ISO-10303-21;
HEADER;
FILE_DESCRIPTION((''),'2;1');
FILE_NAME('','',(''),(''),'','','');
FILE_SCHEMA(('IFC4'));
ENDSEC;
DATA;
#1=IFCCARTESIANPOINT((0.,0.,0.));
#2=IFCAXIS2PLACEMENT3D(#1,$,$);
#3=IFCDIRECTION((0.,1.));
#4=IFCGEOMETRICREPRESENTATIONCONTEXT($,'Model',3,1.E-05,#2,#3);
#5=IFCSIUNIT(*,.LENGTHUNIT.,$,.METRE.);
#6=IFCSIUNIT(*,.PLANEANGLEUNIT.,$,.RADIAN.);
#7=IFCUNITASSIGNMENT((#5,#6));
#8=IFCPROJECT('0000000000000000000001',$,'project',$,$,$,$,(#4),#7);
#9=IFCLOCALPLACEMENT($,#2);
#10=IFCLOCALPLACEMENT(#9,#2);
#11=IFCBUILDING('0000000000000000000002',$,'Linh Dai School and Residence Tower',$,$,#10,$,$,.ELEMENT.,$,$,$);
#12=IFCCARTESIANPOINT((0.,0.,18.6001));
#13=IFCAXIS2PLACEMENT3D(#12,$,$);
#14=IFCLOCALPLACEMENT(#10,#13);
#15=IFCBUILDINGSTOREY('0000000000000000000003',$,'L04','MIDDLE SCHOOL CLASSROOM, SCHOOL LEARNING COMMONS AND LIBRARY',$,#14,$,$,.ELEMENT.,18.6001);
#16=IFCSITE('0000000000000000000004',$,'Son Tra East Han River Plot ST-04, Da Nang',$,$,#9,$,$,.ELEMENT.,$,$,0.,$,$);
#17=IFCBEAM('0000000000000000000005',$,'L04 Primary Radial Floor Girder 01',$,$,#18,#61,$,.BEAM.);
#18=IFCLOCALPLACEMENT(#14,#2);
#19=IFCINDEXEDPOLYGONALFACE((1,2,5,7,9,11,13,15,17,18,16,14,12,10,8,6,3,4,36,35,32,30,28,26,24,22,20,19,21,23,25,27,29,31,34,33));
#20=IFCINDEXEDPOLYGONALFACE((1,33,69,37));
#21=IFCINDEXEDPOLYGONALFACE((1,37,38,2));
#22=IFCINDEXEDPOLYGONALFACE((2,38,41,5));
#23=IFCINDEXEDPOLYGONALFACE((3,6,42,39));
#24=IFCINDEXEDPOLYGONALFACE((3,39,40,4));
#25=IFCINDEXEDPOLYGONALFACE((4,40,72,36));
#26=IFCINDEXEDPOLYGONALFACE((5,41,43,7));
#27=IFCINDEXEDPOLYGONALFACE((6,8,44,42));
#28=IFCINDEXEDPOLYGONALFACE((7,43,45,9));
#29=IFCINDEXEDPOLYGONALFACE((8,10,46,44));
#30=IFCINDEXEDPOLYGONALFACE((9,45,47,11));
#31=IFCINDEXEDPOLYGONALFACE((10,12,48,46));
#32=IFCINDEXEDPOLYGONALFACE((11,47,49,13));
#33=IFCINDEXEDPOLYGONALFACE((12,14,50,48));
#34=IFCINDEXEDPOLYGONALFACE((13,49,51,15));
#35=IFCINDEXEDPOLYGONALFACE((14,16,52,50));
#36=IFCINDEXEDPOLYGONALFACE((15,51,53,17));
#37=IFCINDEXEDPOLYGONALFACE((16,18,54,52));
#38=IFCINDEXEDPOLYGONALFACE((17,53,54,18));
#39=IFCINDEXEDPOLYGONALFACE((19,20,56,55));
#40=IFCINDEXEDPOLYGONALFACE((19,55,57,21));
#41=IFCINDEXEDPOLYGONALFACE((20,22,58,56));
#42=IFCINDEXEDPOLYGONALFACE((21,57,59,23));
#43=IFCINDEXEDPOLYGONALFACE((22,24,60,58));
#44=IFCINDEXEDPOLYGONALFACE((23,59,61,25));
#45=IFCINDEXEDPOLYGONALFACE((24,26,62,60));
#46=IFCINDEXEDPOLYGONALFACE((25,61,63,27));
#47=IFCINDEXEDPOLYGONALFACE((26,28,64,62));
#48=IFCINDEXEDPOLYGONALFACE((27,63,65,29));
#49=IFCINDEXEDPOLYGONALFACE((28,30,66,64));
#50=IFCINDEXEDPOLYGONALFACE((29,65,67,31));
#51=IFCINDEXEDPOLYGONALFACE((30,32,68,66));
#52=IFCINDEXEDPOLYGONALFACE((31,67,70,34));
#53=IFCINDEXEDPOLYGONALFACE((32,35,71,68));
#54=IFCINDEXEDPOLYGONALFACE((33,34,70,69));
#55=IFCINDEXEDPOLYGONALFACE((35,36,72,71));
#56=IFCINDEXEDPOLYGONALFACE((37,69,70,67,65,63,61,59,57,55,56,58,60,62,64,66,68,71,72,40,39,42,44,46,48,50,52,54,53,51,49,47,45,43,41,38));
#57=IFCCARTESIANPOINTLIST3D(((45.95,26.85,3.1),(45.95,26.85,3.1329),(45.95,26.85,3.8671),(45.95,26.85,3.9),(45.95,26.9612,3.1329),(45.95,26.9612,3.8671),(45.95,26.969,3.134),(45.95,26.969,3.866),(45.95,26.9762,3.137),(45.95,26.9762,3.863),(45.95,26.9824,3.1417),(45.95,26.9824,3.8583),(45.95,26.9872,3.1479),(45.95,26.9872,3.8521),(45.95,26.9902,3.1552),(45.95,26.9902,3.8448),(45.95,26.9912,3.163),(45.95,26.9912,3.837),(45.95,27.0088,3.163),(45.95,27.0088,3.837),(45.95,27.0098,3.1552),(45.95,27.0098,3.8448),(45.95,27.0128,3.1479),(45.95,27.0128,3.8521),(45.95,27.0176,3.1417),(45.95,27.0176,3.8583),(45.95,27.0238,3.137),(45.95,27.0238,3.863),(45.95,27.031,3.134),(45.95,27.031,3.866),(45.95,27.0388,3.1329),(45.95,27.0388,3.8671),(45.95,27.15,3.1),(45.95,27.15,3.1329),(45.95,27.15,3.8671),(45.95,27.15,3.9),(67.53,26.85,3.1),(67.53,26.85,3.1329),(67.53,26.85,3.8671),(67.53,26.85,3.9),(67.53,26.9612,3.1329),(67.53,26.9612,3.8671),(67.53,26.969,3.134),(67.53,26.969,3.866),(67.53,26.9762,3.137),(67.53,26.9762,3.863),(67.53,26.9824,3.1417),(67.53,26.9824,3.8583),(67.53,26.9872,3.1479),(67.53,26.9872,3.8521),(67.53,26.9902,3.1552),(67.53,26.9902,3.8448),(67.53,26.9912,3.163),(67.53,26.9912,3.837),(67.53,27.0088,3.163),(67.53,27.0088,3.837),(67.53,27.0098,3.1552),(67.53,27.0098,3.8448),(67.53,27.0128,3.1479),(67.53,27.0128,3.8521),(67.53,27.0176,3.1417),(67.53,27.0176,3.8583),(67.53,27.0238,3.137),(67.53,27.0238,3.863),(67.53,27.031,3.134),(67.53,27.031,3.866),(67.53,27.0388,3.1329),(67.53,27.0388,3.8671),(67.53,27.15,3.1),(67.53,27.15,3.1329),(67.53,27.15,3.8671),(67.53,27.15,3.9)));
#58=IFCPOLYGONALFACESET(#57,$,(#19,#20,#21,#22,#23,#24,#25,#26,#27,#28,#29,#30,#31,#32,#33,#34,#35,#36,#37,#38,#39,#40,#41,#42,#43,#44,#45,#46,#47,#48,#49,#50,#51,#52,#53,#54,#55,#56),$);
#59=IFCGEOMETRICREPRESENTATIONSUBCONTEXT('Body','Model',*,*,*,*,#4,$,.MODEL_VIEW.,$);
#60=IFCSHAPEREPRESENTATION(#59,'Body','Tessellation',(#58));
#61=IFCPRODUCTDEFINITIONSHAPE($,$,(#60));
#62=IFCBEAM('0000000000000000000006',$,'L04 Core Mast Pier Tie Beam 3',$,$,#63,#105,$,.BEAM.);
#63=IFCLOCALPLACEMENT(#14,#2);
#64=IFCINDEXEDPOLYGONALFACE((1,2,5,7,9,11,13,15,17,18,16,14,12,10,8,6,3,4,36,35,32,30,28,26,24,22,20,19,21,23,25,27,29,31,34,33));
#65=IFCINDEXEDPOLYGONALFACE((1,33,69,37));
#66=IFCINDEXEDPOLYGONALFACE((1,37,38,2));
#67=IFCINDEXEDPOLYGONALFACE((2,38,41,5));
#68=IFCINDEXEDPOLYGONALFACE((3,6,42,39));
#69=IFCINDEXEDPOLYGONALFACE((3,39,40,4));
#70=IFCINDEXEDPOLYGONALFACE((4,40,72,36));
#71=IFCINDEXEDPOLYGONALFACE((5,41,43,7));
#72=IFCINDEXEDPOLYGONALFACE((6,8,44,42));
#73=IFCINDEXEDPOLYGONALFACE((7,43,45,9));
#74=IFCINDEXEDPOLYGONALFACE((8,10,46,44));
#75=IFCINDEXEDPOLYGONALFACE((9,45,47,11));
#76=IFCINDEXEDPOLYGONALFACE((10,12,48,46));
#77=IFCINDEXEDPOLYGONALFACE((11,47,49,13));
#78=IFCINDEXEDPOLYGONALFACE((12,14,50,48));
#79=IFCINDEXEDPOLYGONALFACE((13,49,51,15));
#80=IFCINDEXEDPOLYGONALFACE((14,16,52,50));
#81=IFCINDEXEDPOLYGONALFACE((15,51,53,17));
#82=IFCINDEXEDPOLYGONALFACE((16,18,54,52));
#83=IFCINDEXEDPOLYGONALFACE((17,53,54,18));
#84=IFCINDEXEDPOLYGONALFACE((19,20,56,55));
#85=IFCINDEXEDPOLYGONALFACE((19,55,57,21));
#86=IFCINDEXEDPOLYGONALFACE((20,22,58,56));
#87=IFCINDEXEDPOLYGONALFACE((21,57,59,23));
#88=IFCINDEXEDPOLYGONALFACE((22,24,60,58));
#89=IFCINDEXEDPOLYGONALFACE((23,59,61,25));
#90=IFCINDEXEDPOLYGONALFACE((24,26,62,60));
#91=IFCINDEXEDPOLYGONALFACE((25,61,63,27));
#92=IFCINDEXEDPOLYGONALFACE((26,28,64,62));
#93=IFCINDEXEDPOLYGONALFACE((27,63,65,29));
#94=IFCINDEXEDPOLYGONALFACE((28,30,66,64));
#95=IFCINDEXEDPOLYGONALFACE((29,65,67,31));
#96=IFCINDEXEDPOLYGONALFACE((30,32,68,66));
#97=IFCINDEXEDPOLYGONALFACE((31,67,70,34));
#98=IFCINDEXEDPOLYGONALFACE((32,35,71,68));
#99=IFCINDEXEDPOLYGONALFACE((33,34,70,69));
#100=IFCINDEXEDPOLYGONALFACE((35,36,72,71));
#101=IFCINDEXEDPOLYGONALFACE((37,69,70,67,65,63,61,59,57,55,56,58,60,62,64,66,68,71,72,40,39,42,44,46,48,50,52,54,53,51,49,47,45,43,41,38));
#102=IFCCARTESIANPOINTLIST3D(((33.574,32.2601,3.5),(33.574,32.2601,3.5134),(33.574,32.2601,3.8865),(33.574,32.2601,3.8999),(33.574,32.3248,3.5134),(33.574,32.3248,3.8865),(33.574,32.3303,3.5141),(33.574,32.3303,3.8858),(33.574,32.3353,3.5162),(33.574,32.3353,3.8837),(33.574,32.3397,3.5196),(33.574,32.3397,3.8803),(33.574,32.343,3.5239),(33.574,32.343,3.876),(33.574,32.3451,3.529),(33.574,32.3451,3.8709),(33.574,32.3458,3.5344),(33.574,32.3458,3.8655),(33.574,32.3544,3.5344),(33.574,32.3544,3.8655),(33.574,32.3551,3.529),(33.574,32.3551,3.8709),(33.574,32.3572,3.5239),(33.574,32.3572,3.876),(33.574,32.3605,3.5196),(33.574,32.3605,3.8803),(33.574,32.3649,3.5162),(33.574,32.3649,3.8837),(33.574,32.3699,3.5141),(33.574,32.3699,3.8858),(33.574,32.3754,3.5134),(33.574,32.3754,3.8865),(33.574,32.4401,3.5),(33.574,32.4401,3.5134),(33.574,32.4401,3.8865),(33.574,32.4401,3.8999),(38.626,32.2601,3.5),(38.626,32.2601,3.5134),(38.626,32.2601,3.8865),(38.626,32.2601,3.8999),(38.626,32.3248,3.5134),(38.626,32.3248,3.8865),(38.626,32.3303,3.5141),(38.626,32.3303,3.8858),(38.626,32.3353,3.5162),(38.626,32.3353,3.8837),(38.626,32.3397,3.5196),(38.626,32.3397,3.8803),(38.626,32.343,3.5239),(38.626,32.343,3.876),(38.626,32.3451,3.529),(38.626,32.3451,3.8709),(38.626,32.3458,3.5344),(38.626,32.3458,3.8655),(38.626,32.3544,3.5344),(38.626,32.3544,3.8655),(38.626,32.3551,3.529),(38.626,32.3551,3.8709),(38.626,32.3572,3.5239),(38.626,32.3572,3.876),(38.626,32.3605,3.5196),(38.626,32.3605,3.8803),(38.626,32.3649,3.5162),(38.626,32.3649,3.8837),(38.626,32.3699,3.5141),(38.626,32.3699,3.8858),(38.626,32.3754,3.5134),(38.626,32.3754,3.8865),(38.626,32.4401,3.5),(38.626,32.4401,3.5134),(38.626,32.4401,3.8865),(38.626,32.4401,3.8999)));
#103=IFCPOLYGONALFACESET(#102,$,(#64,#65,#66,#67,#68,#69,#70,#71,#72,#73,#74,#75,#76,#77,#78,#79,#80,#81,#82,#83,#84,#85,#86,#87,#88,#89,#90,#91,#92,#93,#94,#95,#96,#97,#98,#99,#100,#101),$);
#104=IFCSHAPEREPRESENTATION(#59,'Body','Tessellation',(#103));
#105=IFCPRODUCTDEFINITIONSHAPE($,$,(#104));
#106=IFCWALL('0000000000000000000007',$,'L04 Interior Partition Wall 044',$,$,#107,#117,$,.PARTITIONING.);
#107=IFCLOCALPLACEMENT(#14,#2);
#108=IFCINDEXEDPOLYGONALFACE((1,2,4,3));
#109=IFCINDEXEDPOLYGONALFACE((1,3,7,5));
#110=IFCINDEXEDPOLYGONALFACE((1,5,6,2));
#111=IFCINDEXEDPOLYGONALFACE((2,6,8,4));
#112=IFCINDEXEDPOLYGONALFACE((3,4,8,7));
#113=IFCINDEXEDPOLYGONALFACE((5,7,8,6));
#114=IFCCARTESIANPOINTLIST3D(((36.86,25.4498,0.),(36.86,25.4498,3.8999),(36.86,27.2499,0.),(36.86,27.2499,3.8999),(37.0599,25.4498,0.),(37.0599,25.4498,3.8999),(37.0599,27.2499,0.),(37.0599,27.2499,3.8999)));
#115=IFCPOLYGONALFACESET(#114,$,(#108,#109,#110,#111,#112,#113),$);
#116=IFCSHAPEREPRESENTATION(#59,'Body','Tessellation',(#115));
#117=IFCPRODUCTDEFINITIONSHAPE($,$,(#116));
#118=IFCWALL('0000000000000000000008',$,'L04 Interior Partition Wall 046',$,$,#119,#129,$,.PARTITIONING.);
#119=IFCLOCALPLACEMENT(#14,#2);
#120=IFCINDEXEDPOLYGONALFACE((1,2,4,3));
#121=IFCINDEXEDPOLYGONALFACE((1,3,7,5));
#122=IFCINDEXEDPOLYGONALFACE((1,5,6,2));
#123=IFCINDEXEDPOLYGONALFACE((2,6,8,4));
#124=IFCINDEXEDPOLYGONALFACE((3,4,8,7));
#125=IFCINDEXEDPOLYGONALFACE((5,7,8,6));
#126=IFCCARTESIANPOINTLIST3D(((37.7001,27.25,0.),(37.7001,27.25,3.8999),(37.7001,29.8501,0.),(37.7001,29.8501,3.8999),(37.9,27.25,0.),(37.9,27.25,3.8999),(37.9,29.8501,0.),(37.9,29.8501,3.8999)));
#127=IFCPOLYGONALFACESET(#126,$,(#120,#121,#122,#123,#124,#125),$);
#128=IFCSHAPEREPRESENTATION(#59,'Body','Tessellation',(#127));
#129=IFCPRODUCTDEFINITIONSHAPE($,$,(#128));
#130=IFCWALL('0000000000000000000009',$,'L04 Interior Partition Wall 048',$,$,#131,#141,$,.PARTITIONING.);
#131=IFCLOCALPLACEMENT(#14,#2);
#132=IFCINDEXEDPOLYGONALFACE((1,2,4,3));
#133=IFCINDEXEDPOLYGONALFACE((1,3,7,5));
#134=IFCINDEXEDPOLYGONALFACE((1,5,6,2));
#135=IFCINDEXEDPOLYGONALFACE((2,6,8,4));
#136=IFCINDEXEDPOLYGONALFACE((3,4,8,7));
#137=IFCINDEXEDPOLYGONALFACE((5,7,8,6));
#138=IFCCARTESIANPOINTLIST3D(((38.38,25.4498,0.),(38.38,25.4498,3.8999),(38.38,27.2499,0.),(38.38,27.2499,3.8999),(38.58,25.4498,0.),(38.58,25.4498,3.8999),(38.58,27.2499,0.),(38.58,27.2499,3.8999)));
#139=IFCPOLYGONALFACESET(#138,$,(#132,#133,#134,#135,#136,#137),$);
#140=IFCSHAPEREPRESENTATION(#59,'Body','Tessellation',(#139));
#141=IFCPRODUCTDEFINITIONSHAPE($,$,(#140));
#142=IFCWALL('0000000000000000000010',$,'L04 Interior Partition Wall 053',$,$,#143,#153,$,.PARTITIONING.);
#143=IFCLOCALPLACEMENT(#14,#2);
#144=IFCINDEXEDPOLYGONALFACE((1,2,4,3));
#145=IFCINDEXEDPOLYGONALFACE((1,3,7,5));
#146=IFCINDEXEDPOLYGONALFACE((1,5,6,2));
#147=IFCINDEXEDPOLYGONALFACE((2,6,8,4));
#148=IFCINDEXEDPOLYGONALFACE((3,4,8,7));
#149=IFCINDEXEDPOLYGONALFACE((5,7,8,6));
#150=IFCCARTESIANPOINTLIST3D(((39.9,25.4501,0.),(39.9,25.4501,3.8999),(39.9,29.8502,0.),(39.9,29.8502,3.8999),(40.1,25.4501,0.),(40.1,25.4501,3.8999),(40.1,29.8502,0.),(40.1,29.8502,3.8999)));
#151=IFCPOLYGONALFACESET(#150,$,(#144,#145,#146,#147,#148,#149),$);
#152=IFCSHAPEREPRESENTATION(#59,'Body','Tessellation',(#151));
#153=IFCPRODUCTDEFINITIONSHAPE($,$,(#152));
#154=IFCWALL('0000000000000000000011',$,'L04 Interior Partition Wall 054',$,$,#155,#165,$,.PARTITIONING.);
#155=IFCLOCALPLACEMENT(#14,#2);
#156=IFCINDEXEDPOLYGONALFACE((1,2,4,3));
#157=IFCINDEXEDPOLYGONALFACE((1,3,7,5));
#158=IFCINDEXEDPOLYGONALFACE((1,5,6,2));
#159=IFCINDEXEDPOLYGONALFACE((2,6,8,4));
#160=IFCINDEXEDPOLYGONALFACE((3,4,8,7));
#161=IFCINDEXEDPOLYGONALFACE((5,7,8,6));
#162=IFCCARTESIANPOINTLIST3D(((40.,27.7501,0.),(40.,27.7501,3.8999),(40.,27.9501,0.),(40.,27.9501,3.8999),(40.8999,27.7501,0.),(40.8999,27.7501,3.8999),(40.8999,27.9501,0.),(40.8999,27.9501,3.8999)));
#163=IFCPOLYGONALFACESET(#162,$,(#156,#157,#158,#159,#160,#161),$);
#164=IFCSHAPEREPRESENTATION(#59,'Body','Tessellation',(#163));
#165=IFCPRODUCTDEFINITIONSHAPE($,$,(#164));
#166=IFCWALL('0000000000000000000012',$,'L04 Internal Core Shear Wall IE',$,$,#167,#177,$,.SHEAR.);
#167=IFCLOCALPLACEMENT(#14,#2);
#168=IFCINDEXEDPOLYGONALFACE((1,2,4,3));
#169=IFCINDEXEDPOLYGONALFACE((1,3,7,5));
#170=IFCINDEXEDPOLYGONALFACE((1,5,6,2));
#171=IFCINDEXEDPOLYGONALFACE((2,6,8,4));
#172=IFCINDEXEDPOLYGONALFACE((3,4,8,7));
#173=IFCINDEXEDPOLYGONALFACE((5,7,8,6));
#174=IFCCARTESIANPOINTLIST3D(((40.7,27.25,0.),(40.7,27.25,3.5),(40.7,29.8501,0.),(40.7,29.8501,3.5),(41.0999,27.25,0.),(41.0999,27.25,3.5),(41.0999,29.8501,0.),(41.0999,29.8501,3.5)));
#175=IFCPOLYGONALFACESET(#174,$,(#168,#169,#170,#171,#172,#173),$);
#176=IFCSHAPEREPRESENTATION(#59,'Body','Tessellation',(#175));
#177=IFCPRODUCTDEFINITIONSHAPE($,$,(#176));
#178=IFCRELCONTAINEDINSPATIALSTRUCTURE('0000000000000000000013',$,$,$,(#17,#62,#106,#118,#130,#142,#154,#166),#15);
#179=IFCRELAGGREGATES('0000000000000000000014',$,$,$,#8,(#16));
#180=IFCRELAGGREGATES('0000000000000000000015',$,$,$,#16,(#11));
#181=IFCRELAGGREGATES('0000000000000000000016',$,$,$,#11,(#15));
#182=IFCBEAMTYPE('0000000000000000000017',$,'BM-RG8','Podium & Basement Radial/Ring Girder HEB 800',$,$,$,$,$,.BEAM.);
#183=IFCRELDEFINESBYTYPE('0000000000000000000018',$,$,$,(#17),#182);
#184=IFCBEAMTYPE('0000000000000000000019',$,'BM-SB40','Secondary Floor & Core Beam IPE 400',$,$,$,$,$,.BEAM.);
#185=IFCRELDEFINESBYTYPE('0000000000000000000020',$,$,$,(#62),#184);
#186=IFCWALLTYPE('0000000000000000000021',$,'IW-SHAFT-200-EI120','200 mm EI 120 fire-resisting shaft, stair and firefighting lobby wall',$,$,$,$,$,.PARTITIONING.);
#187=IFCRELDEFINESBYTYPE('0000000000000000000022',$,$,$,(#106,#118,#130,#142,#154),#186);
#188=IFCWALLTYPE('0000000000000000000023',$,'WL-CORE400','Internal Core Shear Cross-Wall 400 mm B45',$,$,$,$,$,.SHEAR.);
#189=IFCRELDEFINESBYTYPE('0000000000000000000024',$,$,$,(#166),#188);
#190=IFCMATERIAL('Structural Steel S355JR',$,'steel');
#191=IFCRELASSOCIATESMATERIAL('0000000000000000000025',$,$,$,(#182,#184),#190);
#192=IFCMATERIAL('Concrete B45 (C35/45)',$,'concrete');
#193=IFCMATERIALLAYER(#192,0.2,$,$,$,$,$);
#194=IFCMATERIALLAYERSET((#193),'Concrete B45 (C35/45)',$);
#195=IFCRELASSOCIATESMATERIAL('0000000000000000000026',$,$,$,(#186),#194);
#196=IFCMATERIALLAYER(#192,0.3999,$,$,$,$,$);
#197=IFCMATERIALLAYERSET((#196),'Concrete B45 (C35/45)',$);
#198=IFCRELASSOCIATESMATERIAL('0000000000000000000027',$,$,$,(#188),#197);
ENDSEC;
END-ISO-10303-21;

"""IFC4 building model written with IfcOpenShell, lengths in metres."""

from ifc_helpers import new_model, si_unit, direction, frame, frame_2d, origin, origin_2d, place, context, subcontext, project, spatial, rectangle, i_section, extrude, material, layer, layer_set, material_profile, profile_set, type_object, element, save


model = new_model("IFC4")

# Units and contexts
model_context = context("Model", 3, precision=1e-05, world=origin(), true_north=direction((0.0, 1.0)))
body_context = subcontext(model_context, "Body", "Model", "MODEL_VIEW")
ifc_project = project(units=[si_unit("LENGTHUNIT", "METRE"), si_unit("PLANEANGLEUNIT", "RADIAN")], contexts=[model_context])

# Site, building, storey
site_placement = place(None, origin())
site = spatial("IfcSite", under=ifc_project, at=site_placement, Name="Son Tra East Han River Plot ST-04, Da Nang", CompositionType="ELEMENT", RefElevation=0.0)
building_placement = place(site_placement, origin())
building = spatial("IfcBuilding", under=site, at=building_placement, Name="Linh Dai School and Residence Tower", CompositionType="ELEMENT")
storey_placement = place(building_placement, frame((0.0, 0.0, 18.6001)))
storey = spatial("IfcBuildingStorey", under=building, at=storey_placement, Name="L04", Description="MIDDLE SCHOOL CLASSROOM, SCHOOL LEARNING COMMONS AND LIBRARY", CompositionType="ELEMENT", Elevation=18.6001)

# Shared definitions
ifc_material_1 = material(Name="Structural Steel S355JR", Category="steel")

# Beams
ifc_material_profile_1 = material_profile(ifc_material_1, i_section(OverallWidth=0.3, OverallDepth=0.8, WebThickness=0.0176, FlangeThickness=0.033, FilletRadius=0.03, at=origin_2d()), Name="HEB 800")
ifc_profile_set_1 = profile_set([ifc_material_profile_1], Name="Structural Steel S355JR")
beam_type_1 = type_object("IfcBeamType", Name="BM-RG8", Description="Podium & Basement Radial/Ring Girder HEB 800", PredefinedType="BEAM", material=ifc_profile_set_1)
beam_1_placement = place(storey_placement, frame((45.95, 27.0, 3.5), z_axis=(1.0, 0.0, 0.0), x_axis=(0.0, 1.0, 0.0)))
element("IfcBeam", 1, at=beam_1_placement, inside=storey, type_object=beam_type_1, Name="L04 Primary Radial Floor Girder 01", PredefinedType="BEAM", context=body_context, shape_type="SweptSolid", body=[
    extrude(i_section(OverallWidth=0.3, OverallDepth=0.8, WebThickness=0.0176, FlangeThickness=0.033, FilletRadius=0.03, at=origin_2d()), origin(), (0.0, 0.0, 1.0), 21.5801),
])
ifc_material_profile_2 = material_profile(ifc_material_1, i_section(OverallWidth=0.1799, OverallDepth=0.3999, WebThickness=0.0085, FlangeThickness=0.0134, FilletRadius=0.021, at=origin_2d()), Name="IPE 400")
ifc_profile_set_2 = profile_set([ifc_material_profile_2], Name="Structural Steel S355JR")
beam_type_2 = type_object("IfcBeamType", Name="BM-SB40", Description="Secondary Floor & Core Beam IPE 400", PredefinedType="BEAM", material=ifc_profile_set_2)
beam_2_placement = place(storey_placement, frame((38.626, 32.3501, 3.7), z_axis=(-1.0, 0.0, 0.0), x_axis=(0.0, -1.0, 0.0)))
element("IfcBeam", 2, at=beam_2_placement, inside=storey, type_object=beam_type_2, Name="L04 Core Mast Pier Tie Beam 3", PredefinedType="BEAM", context=body_context, shape_type="SweptSolid", body=[
    extrude(i_section(OverallWidth=0.1799, OverallDepth=0.3999, WebThickness=0.0085, FlangeThickness=0.0134, FilletRadius=0.021, at=origin_2d()), origin(), (0.0, 0.0, 1.0), 5.052),
])

# Walls
ifc_material_2 = material(Name="Concrete B45 (C35/45)", Category="concrete")
ifc_layer_1 = layer(ifc_material_2, 0.2)
ifc_layer_set_1 = layer_set([ifc_layer_1], Name="Concrete B45 (C35/45)")
wall_type_1 = type_object("IfcWallType", Name="IW-SHAFT-200-EI120", Description="200 mm EI 120 fire-resisting shaft, stair and firefighting lobby wall", PredefinedType="PARTITIONING", material=ifc_layer_set_1)
wall_1_placement = place(storey_placement, frame((36.96, 25.45, 0.0), z_axis=(0.0, 0.0, 1.0), x_axis=(0.0, 1.0, 0.0)))
element("IfcWall", 3, at=wall_1_placement, inside=storey, type_object=wall_type_1, Name="L04 Interior Partition Wall 044", PredefinedType="PARTITIONING", context=body_context, shape_type="SweptSolid", body=[
    extrude(rectangle(XDim=1.8, YDim=0.2, at=frame_2d((0.8999, 0.0))), origin(), (0.0, 0.0, 1.0), 3.8999),
])
wall_2_placement = place(storey_placement, frame((37.8, 27.25, 0.0), z_axis=(0.0, 0.0, 1.0), x_axis=(0.0, 1.0, 0.0)))
element("IfcWall", 4, at=wall_2_placement, inside=storey, type_object=wall_type_1, Name="L04 Interior Partition Wall 046", PredefinedType="PARTITIONING", context=body_context, shape_type="SweptSolid", body=[
    extrude(rectangle(XDim=2.6001, YDim=0.2, at=frame_2d((1.3, 0.0))), origin(), (0.0, 0.0, 1.0), 3.8999),
])
wall_3_placement = place(storey_placement, frame((38.48, 25.45, 0.0), z_axis=(0.0, 0.0, 1.0), x_axis=(0.0, 1.0, 0.0)))
element("IfcWall", 5, at=wall_3_placement, inside=storey, type_object=wall_type_1, Name="L04 Interior Partition Wall 048", PredefinedType="PARTITIONING", context=body_context, shape_type="SweptSolid", body=[
    extrude(rectangle(XDim=1.8, YDim=0.2, at=frame_2d((0.8999, 0.0))), origin(), (0.0, 0.0, 1.0), 3.8999),
])
wall_4_placement = place(storey_placement, frame((40.0, 25.45, 0.0), z_axis=(0.0, 0.0, 1.0), x_axis=(0.0, 1.0, 0.0)))
element("IfcWall", 6, at=wall_4_placement, inside=storey, type_object=wall_type_1, Name="L04 Interior Partition Wall 053", PredefinedType="PARTITIONING", context=body_context, shape_type="SweptSolid", body=[
    extrude(rectangle(XDim=4.4001, YDim=0.2, at=frame_2d((2.2002, 0.0))), origin(), (0.0, 0.0, 1.0), 3.8999),
])
wall_5_placement = place(storey_placement, frame((40.0, 27.8501, 0.0), z_axis=(0.0, 0.0, 1.0), x_axis=(1.0, 0.0, 0.0)))
element("IfcWall", 7, at=wall_5_placement, inside=storey, type_object=wall_type_1, Name="L04 Interior Partition Wall 054", PredefinedType="PARTITIONING", context=body_context, shape_type="SweptSolid", body=[
    extrude(rectangle(XDim=0.8999, YDim=0.2, at=frame_2d((0.45, 0.0))), origin(), (0.0, 0.0, 1.0), 3.8999),
])
ifc_layer_2 = layer(ifc_material_2, 0.3999)
ifc_layer_set_2 = layer_set([ifc_layer_2], Name="Concrete B45 (C35/45)")
wall_type_2 = type_object("IfcWallType", Name="WL-CORE400", Description="Internal Core Shear Cross-Wall 400 mm B45", PredefinedType="SHEAR", material=ifc_layer_set_2)
wall_6_placement = place(storey_placement, frame((40.8999, 27.25, 0.0), z_axis=(0.0, 0.0, 1.0), x_axis=(0.0, 1.0, 0.0)))
element("IfcWall", 8, at=wall_6_placement, inside=storey, type_object=wall_type_2, Name="L04 Internal Core Shear Wall IE", PredefinedType="SHEAR", context=body_context, shape_type="SweptSolid", body=[
    extrude(rectangle(XDim=2.6001, YDim=0.3999, at=frame_2d((1.3, 0.0))), origin(), (0.0, 0.0, 1.0), 3.5),
])

save(model, "model.ifc")
